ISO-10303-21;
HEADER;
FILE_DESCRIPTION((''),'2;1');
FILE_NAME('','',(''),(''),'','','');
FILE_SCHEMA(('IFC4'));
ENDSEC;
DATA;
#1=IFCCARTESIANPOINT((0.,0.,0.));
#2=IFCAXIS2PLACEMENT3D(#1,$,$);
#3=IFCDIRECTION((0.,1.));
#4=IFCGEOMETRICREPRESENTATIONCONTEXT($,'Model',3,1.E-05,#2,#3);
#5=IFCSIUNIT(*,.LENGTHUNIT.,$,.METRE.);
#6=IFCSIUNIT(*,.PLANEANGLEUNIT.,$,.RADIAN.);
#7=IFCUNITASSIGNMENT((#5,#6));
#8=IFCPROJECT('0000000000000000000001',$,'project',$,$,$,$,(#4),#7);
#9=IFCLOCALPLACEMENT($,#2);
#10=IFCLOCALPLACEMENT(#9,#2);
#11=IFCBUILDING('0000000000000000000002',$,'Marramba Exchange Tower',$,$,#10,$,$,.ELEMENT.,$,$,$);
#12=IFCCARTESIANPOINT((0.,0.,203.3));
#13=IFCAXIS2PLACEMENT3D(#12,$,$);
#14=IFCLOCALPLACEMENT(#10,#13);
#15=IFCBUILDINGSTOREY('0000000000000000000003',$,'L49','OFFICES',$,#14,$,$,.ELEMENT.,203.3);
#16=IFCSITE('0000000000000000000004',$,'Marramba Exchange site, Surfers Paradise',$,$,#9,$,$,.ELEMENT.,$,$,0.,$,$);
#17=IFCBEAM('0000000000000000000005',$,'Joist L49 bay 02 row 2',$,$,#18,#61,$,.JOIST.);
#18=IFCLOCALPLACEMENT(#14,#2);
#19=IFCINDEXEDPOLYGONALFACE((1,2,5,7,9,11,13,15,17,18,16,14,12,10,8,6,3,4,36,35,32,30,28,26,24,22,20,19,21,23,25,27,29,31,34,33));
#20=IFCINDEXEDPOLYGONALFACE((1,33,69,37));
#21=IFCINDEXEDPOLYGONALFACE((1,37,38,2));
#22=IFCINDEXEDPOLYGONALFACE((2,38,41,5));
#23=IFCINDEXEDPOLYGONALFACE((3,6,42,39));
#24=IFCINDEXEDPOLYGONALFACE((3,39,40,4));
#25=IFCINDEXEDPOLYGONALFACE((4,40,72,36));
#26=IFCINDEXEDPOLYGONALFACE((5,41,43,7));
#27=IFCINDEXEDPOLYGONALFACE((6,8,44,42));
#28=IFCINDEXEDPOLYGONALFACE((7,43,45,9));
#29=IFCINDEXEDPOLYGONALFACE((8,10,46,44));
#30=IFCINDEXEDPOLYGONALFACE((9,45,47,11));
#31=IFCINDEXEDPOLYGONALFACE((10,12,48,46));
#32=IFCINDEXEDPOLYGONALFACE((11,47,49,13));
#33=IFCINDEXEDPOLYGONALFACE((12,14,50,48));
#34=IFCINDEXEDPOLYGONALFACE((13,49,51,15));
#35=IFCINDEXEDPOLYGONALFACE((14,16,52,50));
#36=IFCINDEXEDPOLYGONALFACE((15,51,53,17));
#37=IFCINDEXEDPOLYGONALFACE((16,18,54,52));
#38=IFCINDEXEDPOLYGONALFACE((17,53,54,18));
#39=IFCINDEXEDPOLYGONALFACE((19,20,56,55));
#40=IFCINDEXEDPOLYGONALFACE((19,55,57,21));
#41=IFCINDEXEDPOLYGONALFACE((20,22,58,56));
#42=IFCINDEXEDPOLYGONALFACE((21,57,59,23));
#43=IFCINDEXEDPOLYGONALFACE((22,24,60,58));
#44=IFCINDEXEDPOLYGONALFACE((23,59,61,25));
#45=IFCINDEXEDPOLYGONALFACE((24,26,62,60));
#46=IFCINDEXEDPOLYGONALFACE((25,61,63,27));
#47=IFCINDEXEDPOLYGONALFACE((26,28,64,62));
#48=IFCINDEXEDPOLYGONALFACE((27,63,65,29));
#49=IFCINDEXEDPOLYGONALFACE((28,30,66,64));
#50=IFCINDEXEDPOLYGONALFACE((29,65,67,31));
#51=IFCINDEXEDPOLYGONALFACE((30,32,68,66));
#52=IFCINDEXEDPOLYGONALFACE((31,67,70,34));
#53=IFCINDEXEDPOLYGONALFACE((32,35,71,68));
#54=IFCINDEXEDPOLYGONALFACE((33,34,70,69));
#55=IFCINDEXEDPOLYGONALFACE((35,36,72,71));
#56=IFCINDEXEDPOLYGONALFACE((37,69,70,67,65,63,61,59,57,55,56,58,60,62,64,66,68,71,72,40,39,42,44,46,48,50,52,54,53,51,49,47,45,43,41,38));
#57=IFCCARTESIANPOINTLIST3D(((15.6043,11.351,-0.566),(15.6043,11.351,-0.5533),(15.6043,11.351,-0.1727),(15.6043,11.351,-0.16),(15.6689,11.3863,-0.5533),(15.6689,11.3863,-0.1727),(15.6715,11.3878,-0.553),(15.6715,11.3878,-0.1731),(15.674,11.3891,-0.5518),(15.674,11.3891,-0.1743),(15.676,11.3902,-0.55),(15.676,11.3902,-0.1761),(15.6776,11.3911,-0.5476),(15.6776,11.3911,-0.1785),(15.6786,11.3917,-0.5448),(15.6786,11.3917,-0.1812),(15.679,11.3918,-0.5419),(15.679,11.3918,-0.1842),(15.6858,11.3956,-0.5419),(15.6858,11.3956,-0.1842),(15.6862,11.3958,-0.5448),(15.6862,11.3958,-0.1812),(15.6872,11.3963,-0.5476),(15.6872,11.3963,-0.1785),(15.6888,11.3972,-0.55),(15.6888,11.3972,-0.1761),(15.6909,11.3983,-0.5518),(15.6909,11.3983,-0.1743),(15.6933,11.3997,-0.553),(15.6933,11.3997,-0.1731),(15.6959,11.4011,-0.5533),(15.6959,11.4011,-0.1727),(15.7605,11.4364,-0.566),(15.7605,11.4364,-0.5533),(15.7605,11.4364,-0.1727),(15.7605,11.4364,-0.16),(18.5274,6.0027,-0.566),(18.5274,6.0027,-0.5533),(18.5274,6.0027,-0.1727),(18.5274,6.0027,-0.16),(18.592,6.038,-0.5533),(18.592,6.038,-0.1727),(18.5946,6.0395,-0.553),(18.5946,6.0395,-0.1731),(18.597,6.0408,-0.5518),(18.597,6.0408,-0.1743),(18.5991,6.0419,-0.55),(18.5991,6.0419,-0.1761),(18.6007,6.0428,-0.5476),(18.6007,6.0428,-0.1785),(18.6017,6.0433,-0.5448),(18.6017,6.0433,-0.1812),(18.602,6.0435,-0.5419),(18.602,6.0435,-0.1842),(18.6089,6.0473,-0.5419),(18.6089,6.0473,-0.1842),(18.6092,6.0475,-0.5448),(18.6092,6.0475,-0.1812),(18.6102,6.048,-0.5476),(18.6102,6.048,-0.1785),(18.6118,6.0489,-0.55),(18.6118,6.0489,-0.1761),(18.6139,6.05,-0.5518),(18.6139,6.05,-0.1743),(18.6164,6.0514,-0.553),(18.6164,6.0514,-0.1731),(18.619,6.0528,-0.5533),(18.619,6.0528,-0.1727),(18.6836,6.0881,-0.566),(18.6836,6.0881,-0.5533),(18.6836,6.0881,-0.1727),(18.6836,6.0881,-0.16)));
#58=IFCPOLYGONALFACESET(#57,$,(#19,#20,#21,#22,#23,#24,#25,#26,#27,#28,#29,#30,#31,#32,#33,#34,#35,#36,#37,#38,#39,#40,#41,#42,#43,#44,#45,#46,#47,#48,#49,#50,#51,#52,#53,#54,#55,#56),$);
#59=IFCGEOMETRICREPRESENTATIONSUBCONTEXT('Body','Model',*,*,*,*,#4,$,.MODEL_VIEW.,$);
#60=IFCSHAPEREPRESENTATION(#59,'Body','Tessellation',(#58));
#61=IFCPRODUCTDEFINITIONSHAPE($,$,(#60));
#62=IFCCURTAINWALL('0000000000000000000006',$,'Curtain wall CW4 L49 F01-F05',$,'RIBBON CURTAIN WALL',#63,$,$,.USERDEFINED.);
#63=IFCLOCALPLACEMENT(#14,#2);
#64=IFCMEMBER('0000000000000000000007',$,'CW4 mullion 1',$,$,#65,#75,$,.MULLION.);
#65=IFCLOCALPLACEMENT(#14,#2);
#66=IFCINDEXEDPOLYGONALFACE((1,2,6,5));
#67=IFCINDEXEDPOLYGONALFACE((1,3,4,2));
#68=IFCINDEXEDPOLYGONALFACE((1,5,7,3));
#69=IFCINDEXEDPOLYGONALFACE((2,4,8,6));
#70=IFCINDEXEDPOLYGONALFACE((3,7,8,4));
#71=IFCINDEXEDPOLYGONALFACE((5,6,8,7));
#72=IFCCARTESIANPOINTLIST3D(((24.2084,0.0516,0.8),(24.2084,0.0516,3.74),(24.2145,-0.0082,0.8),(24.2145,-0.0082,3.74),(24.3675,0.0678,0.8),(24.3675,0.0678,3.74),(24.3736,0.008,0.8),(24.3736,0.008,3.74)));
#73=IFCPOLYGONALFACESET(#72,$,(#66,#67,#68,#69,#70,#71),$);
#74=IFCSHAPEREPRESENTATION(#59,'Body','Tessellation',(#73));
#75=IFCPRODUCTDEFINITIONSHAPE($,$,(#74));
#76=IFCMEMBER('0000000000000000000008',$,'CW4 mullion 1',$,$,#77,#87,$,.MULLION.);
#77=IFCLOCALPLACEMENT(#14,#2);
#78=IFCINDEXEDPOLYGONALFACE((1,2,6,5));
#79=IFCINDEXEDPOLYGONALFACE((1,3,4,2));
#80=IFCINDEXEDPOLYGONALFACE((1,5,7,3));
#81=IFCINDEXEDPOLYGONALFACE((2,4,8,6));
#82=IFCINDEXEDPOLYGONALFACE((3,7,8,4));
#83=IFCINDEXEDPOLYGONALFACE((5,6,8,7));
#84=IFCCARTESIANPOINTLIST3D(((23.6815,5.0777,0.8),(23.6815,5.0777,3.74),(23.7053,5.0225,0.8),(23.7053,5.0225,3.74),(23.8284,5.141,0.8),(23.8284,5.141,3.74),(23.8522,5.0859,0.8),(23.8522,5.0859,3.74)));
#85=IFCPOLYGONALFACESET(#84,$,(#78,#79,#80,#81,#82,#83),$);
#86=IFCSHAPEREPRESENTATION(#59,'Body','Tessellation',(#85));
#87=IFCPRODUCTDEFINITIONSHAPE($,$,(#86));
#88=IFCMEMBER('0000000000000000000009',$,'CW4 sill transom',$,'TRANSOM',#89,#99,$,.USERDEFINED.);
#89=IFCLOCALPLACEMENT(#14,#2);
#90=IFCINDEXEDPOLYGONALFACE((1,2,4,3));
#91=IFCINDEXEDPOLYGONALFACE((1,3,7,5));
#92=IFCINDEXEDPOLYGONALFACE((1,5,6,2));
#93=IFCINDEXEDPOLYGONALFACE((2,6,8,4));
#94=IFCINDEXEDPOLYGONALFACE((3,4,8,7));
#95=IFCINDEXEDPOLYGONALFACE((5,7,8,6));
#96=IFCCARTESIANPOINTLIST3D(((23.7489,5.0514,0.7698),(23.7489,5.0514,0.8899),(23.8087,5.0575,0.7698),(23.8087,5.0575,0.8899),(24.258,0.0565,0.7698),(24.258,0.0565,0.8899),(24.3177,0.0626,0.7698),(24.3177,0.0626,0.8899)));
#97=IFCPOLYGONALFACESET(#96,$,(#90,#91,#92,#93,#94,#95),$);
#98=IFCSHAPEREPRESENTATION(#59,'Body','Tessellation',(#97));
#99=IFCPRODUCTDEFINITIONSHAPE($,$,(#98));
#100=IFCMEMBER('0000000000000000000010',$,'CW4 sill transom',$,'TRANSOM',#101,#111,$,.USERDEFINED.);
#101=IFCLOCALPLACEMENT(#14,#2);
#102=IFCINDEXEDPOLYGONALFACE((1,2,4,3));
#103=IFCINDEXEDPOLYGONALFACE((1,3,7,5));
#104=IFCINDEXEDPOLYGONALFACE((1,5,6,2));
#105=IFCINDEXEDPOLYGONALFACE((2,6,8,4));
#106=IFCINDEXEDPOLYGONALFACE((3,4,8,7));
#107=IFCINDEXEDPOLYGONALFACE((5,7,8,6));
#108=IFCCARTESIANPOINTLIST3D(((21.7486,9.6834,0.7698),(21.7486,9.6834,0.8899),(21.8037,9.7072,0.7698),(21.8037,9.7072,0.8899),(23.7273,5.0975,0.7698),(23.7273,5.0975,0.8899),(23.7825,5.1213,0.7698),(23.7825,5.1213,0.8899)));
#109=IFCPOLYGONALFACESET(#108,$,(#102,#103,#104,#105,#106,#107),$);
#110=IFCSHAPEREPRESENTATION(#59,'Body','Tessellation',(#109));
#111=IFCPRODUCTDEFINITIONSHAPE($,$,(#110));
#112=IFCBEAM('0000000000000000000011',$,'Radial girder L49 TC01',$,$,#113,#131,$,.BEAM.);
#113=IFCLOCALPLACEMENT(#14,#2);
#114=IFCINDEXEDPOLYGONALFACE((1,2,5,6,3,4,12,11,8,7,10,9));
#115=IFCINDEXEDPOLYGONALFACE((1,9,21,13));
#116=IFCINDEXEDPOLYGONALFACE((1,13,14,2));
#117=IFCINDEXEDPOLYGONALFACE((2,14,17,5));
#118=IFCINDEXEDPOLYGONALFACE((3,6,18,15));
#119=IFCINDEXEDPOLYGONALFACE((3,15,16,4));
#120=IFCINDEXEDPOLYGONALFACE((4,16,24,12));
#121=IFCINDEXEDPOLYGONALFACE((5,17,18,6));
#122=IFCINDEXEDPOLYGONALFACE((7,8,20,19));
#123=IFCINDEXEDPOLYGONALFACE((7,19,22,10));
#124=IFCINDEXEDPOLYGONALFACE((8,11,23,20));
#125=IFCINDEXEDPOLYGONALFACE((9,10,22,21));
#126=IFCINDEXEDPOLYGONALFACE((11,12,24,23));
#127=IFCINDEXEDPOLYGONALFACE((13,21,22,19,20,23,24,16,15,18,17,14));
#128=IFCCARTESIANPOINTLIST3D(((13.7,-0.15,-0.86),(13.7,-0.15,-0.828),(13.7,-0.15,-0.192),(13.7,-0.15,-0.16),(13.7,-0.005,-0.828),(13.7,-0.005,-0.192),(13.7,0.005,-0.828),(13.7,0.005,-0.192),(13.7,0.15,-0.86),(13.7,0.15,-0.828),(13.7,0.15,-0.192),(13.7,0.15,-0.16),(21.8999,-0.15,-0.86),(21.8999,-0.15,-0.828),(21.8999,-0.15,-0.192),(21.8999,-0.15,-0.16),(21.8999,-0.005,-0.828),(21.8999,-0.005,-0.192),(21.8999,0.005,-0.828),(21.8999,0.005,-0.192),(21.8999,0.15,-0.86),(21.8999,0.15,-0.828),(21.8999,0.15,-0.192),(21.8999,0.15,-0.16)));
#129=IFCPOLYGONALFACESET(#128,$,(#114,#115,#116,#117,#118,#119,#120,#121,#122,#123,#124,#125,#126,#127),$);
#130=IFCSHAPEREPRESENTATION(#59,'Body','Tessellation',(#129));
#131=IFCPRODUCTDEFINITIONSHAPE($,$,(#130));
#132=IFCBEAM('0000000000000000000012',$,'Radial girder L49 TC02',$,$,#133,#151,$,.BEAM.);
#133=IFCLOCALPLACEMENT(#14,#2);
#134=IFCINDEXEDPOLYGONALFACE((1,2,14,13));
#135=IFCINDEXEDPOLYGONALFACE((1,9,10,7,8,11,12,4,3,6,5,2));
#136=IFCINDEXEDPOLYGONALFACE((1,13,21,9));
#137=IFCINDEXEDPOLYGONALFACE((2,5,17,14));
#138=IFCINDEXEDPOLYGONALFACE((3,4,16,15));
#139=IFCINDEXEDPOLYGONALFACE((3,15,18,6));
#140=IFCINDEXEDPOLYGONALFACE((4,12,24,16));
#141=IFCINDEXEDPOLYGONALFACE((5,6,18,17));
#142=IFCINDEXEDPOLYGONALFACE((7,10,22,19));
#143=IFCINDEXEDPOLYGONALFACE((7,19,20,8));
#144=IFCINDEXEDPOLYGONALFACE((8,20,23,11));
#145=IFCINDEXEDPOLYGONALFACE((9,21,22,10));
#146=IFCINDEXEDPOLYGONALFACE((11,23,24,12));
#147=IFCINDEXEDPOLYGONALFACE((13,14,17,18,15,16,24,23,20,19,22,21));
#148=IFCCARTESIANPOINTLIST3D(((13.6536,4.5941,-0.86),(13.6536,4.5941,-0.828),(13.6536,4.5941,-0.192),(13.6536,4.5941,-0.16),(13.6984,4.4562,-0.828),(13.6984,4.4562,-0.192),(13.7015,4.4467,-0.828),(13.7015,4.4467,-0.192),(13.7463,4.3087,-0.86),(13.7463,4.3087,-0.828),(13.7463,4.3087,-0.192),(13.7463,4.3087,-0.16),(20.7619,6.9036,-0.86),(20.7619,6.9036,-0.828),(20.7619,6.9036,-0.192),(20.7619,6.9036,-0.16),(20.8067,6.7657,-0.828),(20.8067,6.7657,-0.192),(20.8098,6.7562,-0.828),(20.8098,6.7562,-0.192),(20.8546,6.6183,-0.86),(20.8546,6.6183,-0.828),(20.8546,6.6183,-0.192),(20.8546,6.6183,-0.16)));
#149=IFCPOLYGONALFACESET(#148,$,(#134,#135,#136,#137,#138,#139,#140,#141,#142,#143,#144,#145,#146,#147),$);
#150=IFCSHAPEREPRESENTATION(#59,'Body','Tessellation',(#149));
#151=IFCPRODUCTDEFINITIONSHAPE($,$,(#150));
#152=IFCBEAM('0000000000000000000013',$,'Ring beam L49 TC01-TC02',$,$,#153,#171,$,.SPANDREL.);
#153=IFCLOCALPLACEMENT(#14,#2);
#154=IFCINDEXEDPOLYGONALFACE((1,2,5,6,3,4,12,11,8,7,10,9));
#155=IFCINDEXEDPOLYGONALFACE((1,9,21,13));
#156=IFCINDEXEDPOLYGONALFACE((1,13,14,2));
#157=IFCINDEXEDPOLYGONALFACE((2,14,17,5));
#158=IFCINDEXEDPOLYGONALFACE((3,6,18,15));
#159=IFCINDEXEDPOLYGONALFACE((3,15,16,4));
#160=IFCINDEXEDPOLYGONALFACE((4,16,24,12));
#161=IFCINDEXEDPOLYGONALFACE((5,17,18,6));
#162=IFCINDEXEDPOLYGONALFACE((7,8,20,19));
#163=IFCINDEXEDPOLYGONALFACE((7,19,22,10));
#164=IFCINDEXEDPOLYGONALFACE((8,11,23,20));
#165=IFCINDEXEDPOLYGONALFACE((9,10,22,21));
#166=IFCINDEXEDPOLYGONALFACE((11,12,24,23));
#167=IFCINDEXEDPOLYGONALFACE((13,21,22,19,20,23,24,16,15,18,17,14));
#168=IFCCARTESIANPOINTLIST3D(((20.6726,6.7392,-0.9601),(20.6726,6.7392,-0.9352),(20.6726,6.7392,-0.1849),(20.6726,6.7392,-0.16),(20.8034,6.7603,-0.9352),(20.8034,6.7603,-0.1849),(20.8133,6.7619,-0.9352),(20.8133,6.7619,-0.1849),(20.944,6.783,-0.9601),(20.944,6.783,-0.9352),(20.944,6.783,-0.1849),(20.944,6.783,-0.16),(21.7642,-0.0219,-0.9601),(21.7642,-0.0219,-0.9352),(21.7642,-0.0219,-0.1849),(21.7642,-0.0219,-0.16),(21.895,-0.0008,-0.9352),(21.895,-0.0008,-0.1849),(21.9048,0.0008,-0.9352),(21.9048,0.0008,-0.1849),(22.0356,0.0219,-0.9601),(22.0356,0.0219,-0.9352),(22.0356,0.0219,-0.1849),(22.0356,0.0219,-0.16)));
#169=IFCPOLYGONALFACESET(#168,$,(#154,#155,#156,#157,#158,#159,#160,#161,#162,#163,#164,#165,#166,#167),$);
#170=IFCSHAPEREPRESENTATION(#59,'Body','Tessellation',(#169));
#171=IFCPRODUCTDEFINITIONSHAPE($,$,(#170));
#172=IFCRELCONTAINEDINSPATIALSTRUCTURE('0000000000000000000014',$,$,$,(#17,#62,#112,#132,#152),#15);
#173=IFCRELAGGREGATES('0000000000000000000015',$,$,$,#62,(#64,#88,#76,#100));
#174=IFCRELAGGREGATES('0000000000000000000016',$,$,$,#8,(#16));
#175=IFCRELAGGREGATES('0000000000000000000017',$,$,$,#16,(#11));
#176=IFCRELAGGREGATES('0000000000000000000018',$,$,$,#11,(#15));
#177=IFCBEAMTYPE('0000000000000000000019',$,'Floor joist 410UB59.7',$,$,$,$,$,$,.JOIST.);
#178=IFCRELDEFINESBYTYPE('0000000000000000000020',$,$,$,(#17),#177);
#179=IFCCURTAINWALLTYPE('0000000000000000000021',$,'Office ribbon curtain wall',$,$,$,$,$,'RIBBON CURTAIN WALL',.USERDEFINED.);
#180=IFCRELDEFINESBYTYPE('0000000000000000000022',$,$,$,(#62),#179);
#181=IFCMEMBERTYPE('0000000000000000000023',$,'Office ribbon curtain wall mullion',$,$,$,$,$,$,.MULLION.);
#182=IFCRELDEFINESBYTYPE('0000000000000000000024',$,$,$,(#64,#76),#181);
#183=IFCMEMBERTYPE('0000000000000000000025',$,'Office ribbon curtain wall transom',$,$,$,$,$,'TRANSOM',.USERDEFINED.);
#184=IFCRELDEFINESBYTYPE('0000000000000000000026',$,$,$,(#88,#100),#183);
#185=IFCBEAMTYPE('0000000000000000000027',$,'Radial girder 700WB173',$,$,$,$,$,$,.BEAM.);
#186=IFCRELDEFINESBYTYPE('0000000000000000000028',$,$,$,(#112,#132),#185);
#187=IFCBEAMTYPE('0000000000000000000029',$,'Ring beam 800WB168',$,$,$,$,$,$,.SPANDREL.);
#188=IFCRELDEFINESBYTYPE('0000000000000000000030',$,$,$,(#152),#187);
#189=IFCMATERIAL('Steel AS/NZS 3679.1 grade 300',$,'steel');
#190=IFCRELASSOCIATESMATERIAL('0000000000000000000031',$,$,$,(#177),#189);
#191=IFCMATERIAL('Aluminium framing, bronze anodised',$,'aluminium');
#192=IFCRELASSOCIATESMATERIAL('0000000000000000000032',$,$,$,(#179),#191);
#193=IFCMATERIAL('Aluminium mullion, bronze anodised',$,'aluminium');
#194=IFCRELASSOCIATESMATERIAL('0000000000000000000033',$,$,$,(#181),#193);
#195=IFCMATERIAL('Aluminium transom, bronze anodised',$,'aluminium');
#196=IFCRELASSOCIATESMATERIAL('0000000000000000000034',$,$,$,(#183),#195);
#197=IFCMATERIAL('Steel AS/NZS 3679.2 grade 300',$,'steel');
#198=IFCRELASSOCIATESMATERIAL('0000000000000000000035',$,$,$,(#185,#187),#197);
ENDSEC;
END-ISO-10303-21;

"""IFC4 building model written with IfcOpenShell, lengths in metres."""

from ifc_helpers import new_model, si_unit, direction, frame, origin, origin_2d, place, context, subcontext, project, spatial, rectangle, i_section, extrude, material, material_profile, profile_set, type_object, element, aggregate, save


model = new_model("IFC4")

# Units and contexts
model_context = context("Model", 3, precision=1e-05, world=origin(), true_north=direction((0.0, 1.0)))
body_context = subcontext(model_context, "Body", "Model", "MODEL_VIEW")
ifc_project = project(units=[si_unit("LENGTHUNIT", "METRE"), si_unit("PLANEANGLEUNIT", "RADIAN")], contexts=[model_context])

# Site, building, storey
site_placement = place(None, origin())
site = spatial("IfcSite", under=ifc_project, at=site_placement, Name="Marramba Exchange site, Surfers Paradise", CompositionType="ELEMENT", RefElevation=0.0)
building_placement = place(site_placement, origin())
building = spatial("IfcBuilding", under=site, at=building_placement, Name="Marramba Exchange Tower", CompositionType="ELEMENT")
storey_placement = place(building_placement, frame((0.0, 0.0, 203.3)))
storey = spatial("IfcBuildingStorey", under=building, at=storey_placement, Name="L49", Description="OFFICES", CompositionType="ELEMENT", Elevation=203.3)

# Beam
ifc_material_1 = material(Name="Steel AS/NZS 3679.2 grade 300", Category="steel")
ifc_material_2 = material(Name="Steel AS/NZS 3679.1 grade 300", Category="steel")
ifc_material_profile_1 = material_profile(ifc_material_2, i_section(OverallWidth=0.178, OverallDepth=0.406, WebThickness=0.0078, FlangeThickness=0.0127, FilletRadius=0.0115, at=origin_2d()), Name="410UB59.7")
ifc_profile_set_1 = profile_set([ifc_material_profile_1], Name="Steel AS/NZS 3679.1 grade 300")
beam_type_1 = type_object("IfcBeamType", Name="Floor joist 410UB59.7", PredefinedType="JOIST", material=ifc_profile_set_1)
beam_1_placement = place(storey_placement, frame((18.6055, 6.0454, -0.363), z_axis=(-0.479584, 0.877496, 0.0), x_axis=(-0.877496, -0.479584, 0.0)))
element("IfcBeam", 1, at=beam_1_placement, inside=storey, type_object=beam_type_1, Name="Joist L49 bay 02 row 2", PredefinedType="JOIST", context=body_context, shape_type="SweptSolid", body=[
    extrude(i_section(OverallWidth=0.178, OverallDepth=0.406, WebThickness=0.0078, FlangeThickness=0.0127, FilletRadius=0.0115, at=origin_2d()), origin(), (0.0, 0.0, 1.0), 6.095),
])

# Curtain wall, members
ifc_material_3 = material(Name="Aluminium framing, bronze anodised", Category="aluminium")
curtain_wall_type = type_object("IfcCurtainWallType", Name="Office ribbon curtain wall", ElementType="RIBBON CURTAIN WALL", PredefinedType="USERDEFINED", material=ifc_material_3)
curtain_wall_placement = place(storey_placement, origin())
curtain_wall = element("IfcCurtainWall", 2, at=curtain_wall_placement, inside=storey, type_object=curtain_wall_type, Name="Curtain wall CW4 L49 F01-F05", ObjectType="RIBBON CURTAIN WALL", PredefinedType="USERDEFINED")
ifc_material_4 = material(Name="Aluminium mullion, bronze anodised", Category="aluminium")
ifc_material_profile_2 = material_profile(ifc_material_4, rectangle(XDim=0.1599, YDim=0.0601, at=origin_2d()), Name="CW4 mullion 60x160")
ifc_profile_set_2 = profile_set([ifc_material_profile_2], Name="Aluminium mullion, bronze anodised")
member_type_1 = type_object("IfcMemberType", Name="Office ribbon curtain wall mullion", PredefinedType="MULLION", material=ifc_profile_set_2)
member_1_placement = place(storey_placement, frame((24.291, 0.0298, 0.8), z_axis=(0.0, 0.0, 1.0), x_axis=(-0.994843, -0.101422, 0.0)))
member_1 = element("IfcMember", 3, at=member_1_placement, type_object=member_type_1, Name="CW4 mullion 1", PredefinedType="MULLION", context=body_context, shape_type="SweptSolid", body=[
    extrude(rectangle(XDim=0.1599, YDim=0.0601, at=origin_2d()), origin(), (0.0, 0.0, 1.0), 2.9399),
])
member_2_placement = place(storey_placement, frame((23.7668, 5.0818, 0.8), z_axis=(0.0, 0.0, 1.0), x_axis=(-0.918167, -0.396193, 0.0)))
member_2 = element("IfcMember", 4, at=member_2_placement, type_object=member_type_1, Name="CW4 mullion 1", PredefinedType="MULLION", context=body_context, shape_type="SweptSolid", body=[
    extrude(rectangle(XDim=0.1599, YDim=0.0601, at=origin_2d()), origin(), (0.0, 0.0, 1.0), 2.9399),
])
ifc_material_5 = material(Name="Aluminium transom, bronze anodised", Category="aluminium")
ifc_material_profile_3 = material_profile(ifc_material_5, rectangle(XDim=0.0601, YDim=0.1201, at=origin_2d()), Name="CW4 transom 60x120")
ifc_profile_set_3 = profile_set([ifc_material_profile_3], Name="Aluminium transom, bronze anodised")
member_type_2 = type_object("IfcMemberType", Name="Office ribbon curtain wall transom", ElementType="TRANSOM", PredefinedType="USERDEFINED", material=ifc_profile_set_3)
member_3_placement = place(storey_placement, frame((24.2878, 0.0596, 0.8298), z_axis=(-0.101386, 0.994847, 0.0), x_axis=(-0.994847, -0.101386, 0.0)))
member_3 = element("IfcMember", 5, at=member_3_placement, type_object=member_type_2, Name="CW4 sill transom", ObjectType="TRANSOM", PredefinedType="USERDEFINED", context=body_context, shape_type="SweptSolid", body=[
    extrude(rectangle(XDim=0.0601, YDim=0.1201, at=origin_2d()), origin(), (0.0, 0.0, 1.0), 5.0208),
])
member_4_placement = place(storey_placement, frame((23.7549, 5.1094, 0.8298), z_axis=(-0.396178, 0.918174, 0.0), x_axis=(-0.918174, -0.396178, 0.0)))
member_4 = element("IfcMember", 6, at=member_4_placement, type_object=member_type_2, Name="CW4 sill transom", ObjectType="TRANSOM", PredefinedType="USERDEFINED", context=body_context, shape_type="SweptSolid", body=[
    extrude(rectangle(XDim=0.0601, YDim=0.1201, at=origin_2d()), origin(), (0.0, 0.0, 1.0), 4.9946),
])

# Beams
ifc_material_profile_4 = material_profile(ifc_material_1, i_section(OverallWidth=0.3, OverallDepth=0.7, WebThickness=0.01, FlangeThickness=0.032, at=origin_2d()), Name="700WB173")
ifc_profile_set_4 = profile_set([ifc_material_profile_4], Name="Steel AS/NZS 3679.2 grade 300")
beam_type_2 = type_object("IfcBeamType", Name="Radial girder 700WB173", PredefinedType="BEAM", material=ifc_profile_set_4)
beam_2_placement = place(storey_placement, frame((13.7, 0.0, -0.51), z_axis=(1.0, 0.0, 0.0), x_axis=(0.0, 1.0, 0.0)))
element("IfcBeam", 7, at=beam_2_placement, inside=storey, type_object=beam_type_2, Name="Radial girder L49 TC01", PredefinedType="BEAM", context=body_context, shape_type="SweptSolid", body=[
    extrude(i_section(OverallWidth=0.3, OverallDepth=0.7, WebThickness=0.01, FlangeThickness=0.032, at=origin_2d()), origin(), (0.0, 0.0, 1.0), 8.2),
])
beam_3_placement = place(storey_placement, frame((13.7, 4.4514, -0.51), z_axis=(0.95106, 0.309006, 0.0), x_axis=(-0.309006, 0.95106, 0.0)))
element("IfcBeam", 8, at=beam_3_placement, inside=storey, type_object=beam_type_2, Name="Radial girder L49 TC02", PredefinedType="BEAM", context=body_context, shape_type="SweptSolid", body=[
    extrude(i_section(OverallWidth=0.3, OverallDepth=0.7, WebThickness=0.01, FlangeThickness=0.032, at=origin_2d()), origin(), (0.0, 0.0, 1.0), 7.4741),
])
ifc_material_profile_5 = material_profile(ifc_material_1, i_section(OverallWidth=0.2749, OverallDepth=0.8, WebThickness=0.01, FlangeThickness=0.0249, at=origin_2d()), Name="800WB168")
ifc_profile_set_5 = profile_set([ifc_material_profile_5], Name="Steel AS/NZS 3679.2 grade 300")
beam_type_3 = type_object("IfcBeamType", Name="Ring beam 800WB168", PredefinedType="SPANDREL", material=ifc_profile_set_5)
beam_4_placement = place(storey_placement, frame((21.8999, 0.0, -0.5601), z_axis=(-0.159385, 0.987217, 0.0), x_axis=(-0.987217, -0.159385, 0.0)))
element("IfcBeam", 9, at=beam_4_placement, inside=storey, type_object=beam_type_3, Name="Ring beam L49 TC01-TC02", PredefinedType="SPANDREL", context=body_context, shape_type="SweptSolid", body=[
    extrude(i_section(OverallWidth=0.2749, OverallDepth=0.8, WebThickness=0.01, FlangeThickness=0.0249, at=origin_2d()), origin(), (0.0, 0.0, 1.0), 6.8486),
])

aggregate(curtain_wall, [member_1, member_3, member_2, member_4])

save(model, "model.ifc")
